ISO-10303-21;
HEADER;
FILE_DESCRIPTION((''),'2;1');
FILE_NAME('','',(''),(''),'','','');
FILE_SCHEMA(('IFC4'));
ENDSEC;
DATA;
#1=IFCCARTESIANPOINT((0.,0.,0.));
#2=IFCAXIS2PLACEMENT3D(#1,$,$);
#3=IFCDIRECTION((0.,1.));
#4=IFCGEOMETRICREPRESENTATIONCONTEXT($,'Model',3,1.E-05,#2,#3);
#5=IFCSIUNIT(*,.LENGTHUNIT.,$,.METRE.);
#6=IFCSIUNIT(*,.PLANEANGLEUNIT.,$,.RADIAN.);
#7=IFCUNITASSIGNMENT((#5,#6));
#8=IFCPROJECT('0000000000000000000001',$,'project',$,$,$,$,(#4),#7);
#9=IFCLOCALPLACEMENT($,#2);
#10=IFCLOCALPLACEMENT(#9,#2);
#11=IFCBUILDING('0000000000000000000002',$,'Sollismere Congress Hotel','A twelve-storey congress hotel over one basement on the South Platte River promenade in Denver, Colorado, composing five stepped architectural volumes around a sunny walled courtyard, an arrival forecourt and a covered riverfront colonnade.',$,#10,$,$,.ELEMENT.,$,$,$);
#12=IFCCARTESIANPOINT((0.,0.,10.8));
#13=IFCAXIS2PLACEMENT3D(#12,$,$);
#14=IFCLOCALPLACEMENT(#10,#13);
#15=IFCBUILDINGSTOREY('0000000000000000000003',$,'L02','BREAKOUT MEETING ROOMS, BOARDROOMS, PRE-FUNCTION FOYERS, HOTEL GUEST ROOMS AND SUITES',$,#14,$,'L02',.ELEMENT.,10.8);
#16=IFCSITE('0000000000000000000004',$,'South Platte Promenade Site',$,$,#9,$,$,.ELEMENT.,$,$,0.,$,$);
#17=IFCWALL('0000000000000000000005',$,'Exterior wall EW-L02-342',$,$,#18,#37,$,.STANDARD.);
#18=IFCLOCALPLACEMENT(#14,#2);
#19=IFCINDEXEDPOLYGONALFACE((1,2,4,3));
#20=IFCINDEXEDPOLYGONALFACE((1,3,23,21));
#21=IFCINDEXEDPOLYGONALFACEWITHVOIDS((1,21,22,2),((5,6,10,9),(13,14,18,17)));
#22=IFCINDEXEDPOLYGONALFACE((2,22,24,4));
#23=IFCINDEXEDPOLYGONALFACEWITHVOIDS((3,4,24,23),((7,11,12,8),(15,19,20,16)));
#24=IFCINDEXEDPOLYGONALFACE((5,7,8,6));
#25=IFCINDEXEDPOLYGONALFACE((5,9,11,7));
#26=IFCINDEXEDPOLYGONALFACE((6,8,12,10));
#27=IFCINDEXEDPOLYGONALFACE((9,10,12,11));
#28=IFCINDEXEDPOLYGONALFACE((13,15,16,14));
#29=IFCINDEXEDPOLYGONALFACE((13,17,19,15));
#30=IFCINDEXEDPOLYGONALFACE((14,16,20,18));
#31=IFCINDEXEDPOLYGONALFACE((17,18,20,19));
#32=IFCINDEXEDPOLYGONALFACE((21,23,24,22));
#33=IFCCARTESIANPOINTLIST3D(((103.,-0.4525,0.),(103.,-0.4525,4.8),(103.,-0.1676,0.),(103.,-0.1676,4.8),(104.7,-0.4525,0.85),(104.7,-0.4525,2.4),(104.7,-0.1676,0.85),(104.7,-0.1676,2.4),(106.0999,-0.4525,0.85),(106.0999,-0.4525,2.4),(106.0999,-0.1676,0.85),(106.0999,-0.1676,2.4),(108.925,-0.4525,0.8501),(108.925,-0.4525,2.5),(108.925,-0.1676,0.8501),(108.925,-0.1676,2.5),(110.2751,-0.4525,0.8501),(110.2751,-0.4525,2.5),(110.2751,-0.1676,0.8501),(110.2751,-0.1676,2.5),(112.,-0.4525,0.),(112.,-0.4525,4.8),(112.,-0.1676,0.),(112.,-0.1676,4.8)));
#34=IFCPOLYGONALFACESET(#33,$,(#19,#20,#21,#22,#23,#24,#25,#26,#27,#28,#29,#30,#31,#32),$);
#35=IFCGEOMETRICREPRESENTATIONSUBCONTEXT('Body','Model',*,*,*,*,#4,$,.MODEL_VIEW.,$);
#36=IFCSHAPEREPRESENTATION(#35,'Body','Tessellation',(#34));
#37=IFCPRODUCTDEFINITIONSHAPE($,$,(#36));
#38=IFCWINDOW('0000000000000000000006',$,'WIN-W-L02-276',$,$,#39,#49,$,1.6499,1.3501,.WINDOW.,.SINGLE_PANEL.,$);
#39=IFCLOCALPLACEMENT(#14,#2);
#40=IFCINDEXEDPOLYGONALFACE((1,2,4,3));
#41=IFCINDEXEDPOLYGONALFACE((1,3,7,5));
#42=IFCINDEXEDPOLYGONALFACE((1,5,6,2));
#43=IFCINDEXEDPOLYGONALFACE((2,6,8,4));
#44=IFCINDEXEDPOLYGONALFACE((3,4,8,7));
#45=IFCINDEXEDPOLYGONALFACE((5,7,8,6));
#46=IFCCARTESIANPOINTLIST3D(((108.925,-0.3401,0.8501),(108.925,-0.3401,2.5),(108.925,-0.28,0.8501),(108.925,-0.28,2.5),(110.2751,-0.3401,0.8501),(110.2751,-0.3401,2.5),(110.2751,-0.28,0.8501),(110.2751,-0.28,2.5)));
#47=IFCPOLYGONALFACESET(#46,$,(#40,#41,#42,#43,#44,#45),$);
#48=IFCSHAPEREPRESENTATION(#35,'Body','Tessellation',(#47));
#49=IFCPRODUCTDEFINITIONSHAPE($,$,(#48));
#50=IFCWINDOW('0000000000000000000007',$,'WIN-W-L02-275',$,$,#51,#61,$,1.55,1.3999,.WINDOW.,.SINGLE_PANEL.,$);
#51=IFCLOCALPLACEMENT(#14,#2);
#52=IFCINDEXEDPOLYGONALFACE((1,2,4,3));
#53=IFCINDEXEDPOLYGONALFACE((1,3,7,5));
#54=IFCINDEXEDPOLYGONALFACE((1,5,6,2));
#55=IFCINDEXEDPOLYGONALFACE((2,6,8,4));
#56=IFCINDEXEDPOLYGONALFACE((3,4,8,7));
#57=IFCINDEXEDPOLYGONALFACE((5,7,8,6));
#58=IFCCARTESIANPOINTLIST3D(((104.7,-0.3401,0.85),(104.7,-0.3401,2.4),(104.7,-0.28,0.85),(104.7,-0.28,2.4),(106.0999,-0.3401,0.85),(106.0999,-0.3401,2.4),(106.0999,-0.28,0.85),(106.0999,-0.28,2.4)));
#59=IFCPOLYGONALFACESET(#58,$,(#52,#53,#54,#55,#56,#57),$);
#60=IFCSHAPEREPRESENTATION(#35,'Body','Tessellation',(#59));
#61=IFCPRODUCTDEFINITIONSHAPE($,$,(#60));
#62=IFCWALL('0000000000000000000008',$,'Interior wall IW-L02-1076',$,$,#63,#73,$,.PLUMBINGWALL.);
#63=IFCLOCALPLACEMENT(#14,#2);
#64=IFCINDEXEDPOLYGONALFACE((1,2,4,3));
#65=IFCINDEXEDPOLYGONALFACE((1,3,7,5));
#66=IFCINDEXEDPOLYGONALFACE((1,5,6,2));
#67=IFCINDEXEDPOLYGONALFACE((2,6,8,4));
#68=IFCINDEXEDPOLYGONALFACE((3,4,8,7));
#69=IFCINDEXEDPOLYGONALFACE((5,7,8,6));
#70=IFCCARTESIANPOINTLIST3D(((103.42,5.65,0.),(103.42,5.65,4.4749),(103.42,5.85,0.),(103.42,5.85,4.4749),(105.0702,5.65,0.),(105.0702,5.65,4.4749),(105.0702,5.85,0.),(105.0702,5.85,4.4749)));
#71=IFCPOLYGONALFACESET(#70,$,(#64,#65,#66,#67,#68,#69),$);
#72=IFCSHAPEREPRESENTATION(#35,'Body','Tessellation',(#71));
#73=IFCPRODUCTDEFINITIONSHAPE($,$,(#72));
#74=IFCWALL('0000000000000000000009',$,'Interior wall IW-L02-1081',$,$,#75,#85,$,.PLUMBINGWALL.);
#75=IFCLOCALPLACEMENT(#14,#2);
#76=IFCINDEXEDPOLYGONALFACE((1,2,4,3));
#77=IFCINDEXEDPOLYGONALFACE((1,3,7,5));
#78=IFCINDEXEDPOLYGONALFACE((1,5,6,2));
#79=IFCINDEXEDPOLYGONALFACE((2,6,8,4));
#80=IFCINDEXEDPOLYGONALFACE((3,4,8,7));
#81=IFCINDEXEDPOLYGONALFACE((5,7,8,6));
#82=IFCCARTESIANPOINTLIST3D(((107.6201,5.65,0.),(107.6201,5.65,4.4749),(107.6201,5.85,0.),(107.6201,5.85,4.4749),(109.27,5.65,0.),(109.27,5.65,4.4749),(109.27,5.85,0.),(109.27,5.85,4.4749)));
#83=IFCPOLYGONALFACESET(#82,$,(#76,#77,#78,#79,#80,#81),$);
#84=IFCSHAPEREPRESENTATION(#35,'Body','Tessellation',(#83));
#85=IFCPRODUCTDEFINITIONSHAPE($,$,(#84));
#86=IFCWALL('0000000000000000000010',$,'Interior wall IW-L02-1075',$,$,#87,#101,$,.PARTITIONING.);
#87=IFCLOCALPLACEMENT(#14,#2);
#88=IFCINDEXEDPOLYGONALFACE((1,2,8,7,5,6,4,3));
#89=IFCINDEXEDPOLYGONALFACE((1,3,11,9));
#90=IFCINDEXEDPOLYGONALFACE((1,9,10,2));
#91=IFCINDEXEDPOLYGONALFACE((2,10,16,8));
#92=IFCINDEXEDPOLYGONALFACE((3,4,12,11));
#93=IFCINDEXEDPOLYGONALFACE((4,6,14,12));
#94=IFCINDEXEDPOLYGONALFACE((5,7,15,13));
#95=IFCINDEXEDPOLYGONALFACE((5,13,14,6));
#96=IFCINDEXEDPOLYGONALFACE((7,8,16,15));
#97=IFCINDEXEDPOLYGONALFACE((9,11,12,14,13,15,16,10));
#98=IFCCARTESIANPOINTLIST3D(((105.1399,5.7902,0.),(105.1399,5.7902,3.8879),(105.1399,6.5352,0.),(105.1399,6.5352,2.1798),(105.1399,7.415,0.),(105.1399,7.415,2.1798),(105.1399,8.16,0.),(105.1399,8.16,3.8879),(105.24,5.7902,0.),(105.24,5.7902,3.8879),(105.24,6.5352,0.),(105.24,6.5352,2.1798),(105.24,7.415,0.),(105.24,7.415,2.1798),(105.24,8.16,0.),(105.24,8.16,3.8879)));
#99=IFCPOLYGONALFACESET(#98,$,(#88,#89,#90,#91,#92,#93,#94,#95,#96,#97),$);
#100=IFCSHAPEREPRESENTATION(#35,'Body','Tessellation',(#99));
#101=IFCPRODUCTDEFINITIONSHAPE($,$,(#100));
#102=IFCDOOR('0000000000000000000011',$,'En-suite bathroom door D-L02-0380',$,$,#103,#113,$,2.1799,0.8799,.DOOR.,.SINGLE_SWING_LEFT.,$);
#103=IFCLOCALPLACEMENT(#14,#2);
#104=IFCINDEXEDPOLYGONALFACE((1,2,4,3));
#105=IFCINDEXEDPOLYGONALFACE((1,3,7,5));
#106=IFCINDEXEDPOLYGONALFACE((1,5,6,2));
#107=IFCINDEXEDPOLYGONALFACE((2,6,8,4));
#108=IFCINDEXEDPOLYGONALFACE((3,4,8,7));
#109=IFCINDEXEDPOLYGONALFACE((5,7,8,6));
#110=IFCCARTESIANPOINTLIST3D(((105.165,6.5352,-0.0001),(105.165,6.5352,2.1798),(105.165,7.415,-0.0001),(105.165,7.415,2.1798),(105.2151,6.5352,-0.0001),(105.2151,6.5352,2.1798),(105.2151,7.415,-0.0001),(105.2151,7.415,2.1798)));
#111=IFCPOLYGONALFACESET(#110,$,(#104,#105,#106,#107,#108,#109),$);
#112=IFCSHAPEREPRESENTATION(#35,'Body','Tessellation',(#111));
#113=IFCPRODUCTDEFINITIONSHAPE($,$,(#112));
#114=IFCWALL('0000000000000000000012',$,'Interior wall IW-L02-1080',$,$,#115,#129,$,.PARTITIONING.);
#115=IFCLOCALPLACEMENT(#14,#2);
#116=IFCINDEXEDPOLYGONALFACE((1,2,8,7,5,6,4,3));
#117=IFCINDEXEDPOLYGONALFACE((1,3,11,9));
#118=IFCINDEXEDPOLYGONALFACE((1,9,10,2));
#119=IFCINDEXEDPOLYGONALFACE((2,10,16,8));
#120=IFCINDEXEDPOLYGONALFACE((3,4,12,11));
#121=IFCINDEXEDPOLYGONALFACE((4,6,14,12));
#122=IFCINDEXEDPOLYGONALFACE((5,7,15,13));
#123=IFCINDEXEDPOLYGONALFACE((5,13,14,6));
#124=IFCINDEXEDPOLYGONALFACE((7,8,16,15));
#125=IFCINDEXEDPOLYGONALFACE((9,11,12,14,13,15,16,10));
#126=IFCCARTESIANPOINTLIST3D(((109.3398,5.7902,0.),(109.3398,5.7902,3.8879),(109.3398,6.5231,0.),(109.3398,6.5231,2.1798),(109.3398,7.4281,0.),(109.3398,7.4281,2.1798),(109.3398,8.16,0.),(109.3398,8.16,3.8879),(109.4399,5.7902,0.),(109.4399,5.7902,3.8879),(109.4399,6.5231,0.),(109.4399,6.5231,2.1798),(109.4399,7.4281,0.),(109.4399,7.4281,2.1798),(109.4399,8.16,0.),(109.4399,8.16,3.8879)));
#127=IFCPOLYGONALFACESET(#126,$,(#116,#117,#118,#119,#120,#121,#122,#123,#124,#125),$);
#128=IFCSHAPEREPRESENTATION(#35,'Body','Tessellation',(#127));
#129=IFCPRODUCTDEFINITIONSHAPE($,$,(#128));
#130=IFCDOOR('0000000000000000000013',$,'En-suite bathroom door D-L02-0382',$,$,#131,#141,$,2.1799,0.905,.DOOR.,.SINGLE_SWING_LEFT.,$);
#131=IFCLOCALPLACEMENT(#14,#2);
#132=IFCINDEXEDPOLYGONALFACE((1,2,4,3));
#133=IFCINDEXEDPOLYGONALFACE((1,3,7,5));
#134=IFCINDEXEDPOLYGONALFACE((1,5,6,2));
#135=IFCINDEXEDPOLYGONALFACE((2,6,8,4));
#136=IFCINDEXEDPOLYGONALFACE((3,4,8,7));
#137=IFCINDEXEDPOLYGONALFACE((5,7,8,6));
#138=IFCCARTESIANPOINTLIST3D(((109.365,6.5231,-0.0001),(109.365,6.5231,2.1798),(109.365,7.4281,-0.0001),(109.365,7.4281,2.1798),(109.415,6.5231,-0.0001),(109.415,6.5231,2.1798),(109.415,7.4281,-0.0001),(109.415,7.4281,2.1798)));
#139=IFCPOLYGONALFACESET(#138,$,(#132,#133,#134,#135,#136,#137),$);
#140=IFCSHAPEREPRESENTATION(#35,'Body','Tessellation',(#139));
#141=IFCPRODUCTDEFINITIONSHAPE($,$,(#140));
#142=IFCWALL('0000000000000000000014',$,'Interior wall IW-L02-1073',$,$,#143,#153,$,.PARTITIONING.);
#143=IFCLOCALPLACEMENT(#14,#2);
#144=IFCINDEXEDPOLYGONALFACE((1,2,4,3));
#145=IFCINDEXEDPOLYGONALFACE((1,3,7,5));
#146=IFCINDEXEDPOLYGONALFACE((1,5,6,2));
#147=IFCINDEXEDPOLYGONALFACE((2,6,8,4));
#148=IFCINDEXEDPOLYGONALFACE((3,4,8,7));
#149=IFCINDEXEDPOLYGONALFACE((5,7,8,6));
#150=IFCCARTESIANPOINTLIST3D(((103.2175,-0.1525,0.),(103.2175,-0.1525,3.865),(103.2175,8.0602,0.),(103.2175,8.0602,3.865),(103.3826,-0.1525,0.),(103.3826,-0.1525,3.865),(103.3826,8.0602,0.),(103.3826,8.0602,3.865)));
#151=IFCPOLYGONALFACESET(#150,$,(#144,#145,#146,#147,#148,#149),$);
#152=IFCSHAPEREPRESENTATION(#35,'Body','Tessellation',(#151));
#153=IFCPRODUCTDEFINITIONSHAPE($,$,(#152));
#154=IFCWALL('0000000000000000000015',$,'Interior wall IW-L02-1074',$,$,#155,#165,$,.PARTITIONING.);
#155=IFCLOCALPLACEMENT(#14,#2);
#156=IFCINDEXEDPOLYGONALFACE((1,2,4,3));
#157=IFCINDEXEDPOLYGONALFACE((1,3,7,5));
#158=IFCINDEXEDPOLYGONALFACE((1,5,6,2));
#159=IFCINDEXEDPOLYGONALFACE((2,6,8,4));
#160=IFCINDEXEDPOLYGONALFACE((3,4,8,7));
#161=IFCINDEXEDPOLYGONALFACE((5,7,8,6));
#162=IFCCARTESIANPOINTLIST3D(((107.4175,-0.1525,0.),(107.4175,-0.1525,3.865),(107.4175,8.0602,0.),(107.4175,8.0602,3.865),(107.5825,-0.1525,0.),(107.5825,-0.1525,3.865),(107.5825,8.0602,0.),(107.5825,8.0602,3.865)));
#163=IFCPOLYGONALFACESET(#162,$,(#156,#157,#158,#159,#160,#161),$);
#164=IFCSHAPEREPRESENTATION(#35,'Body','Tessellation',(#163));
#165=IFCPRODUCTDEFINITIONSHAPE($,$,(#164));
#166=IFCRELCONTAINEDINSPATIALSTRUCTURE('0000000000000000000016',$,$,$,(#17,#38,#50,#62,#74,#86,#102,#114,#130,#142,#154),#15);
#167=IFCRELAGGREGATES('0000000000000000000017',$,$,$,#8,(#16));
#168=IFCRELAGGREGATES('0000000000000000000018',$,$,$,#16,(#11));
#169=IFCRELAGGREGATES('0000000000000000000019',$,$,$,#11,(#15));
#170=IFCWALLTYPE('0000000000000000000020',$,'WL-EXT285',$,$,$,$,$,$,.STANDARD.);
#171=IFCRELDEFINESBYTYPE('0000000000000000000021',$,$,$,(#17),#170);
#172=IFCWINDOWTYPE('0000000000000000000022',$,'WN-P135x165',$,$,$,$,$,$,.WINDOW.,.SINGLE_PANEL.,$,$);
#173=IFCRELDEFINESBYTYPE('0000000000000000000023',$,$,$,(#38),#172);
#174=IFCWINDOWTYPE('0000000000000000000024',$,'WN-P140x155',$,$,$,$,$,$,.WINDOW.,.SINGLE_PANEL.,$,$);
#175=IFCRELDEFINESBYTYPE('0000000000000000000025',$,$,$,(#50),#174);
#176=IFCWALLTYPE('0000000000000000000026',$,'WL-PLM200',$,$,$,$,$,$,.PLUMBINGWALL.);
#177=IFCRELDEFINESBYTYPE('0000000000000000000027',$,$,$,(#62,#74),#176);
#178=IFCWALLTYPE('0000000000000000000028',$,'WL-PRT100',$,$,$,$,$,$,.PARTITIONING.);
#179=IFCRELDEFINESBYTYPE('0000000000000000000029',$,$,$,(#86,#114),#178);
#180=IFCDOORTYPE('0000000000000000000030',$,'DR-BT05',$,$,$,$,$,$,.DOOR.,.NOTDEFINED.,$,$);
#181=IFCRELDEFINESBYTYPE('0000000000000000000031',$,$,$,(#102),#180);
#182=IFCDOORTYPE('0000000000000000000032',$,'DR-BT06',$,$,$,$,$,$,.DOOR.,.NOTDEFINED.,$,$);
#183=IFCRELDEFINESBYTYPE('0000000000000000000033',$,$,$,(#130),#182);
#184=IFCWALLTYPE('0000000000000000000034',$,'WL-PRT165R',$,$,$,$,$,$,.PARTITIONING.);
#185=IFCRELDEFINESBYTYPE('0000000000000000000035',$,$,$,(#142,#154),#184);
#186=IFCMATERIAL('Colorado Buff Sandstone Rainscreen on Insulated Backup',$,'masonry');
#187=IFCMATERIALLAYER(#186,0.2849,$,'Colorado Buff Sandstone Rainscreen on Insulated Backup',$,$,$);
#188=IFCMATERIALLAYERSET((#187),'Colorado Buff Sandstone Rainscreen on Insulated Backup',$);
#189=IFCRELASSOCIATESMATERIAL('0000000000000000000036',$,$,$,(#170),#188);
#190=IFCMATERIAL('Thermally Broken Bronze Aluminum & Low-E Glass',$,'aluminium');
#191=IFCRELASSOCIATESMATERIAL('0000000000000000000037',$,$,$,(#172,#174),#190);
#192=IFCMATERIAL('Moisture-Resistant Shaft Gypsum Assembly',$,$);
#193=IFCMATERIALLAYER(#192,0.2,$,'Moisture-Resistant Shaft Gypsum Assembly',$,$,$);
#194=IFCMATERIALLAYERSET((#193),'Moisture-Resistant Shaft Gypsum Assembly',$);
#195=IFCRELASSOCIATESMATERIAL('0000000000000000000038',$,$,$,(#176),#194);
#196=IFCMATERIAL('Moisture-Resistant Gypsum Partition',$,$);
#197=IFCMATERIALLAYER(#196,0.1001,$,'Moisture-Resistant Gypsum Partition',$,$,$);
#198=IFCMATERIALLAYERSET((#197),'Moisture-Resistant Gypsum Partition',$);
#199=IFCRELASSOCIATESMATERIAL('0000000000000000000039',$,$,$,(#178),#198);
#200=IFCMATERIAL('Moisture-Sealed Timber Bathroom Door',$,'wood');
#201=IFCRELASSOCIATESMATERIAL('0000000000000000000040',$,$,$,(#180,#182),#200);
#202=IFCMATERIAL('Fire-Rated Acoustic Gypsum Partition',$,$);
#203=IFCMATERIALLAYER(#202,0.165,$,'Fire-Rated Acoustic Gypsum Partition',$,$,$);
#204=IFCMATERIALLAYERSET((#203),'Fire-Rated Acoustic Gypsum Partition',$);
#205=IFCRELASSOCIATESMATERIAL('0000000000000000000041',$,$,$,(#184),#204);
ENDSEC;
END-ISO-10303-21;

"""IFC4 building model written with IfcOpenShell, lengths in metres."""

from ifc_helpers import new_model, si_unit, direction, frame, frame_2d, origin, place, context, subcontext, project, spatial, rectangle, extrude, material, layer, layer_set, type_object, element, fill, save


model = new_model("IFC4")

# Units and contexts
model_context = context("Model", 3, precision=1e-05, world=origin(), true_north=direction((0.0, 1.0)))
body_context = subcontext(model_context, "Body", "Model", "MODEL_VIEW")
ifc_project = project(units=[si_unit("LENGTHUNIT", "METRE"), si_unit("PLANEANGLEUNIT", "RADIAN")], contexts=[model_context])

# Site, building, storey
site_placement = place(None, origin())
site = spatial("IfcSite", under=ifc_project, at=site_placement, Name="South Platte Promenade Site", CompositionType="ELEMENT", RefElevation=0.0)
building_placement = place(site_placement, origin())
building = spatial("IfcBuilding", under=site, at=building_placement, Name="Sollismere Congress Hotel", Description="A twelve-storey congress hotel over one basement on the South Platte River promenade in Denver, Colorado, composing five stepped architectural volumes around a sunny walled courtyard, an arrival forecourt and a covered riverfront colonnade.", CompositionType="ELEMENT")
storey_placement = place(building_placement, frame((0.0, 0.0, 10.8)))
storey = spatial("IfcBuildingStorey", under=building, at=storey_placement, Name="L02", Description="BREAKOUT MEETING ROOMS, BOARDROOMS, PRE-FUNCTION FOYERS, HOTEL GUEST ROOMS AND SUITES", LongName="L02", CompositionType="ELEMENT", Elevation=10.8)

# Wall, openings, windows
ifc_material_1 = material(Name="Colorado Buff Sandstone Rainscreen on Insulated Backup", Category="masonry")
ifc_layer_1 = layer(ifc_material_1, 0.2849, Name="Colorado Buff Sandstone Rainscreen on Insulated Backup")
ifc_layer_set_1 = layer_set([ifc_layer_1], Name="Colorado Buff Sandstone Rainscreen on Insulated Backup")
wall_type_1 = type_object("IfcWallType", Name="WL-EXT285", PredefinedType="STANDARD", material=ifc_layer_set_1)
wall_1_placement = place(storey_placement, frame((103.0, -0.3101, 0.0), z_axis=(0.0, 0.0, 1.0), x_axis=(1.0, 0.0, 0.0)))
wall_1 = element("IfcWall", 1, at=wall_1_placement, inside=storey, type_object=wall_type_1, Name="Exterior wall EW-L02-342", PredefinedType="STANDARD", context=body_context, shape_type="SweptSolid", body=[
    extrude(rectangle(XDim=9.0, YDim=0.2849, at=frame_2d((4.5, 0.0))), origin(), (0.0, 0.0, 1.0), 4.8),
])
opening_1_placement = place(wall_1_placement, frame((1.7, 0.0, 0.8501)))
opening_1 = element("IfcOpeningElement", 2, at=opening_1_placement, cuts=wall_1, PredefinedType="OPENING", context=body_context, shape_type="SweptSolid", body=[
    extrude(rectangle(XDim=1.3999, YDim=1.55, at=frame_2d((0.7, 0.7749))), frame((0.0, 0.1523, 0.0), z_axis=(0.0, -1.0, 0.0), x_axis=(1.0, 0.0, 0.0)), (0.0, 0.0, 1.0), 0.3049),
])
opening_2_placement = place(wall_1_placement, frame((5.925, 0.0, 0.8501)))
opening_2 = element("IfcOpeningElement", 3, at=opening_2_placement, cuts=wall_1, PredefinedType="OPENING", context=body_context, shape_type="SweptSolid", body=[
    extrude(rectangle(XDim=1.3501, YDim=1.6499, at=frame_2d((0.675, 0.825))), frame((0.0, 0.1523, 0.0), z_axis=(0.0, -1.0, 0.0), x_axis=(1.0, 0.0, 0.0)), (0.0, 0.0, 1.0), 0.3049),
])
ifc_material_2 = material(Name="Thermally Broken Bronze Aluminum & Low-E Glass", Category="aluminium")
window_type_1 = type_object("IfcWindowType", Name="WN-P135x165", PartitioningType="SINGLE_PANEL", PredefinedType="WINDOW", material=ifc_material_2)
window_1_placement = place(opening_2_placement, origin())
window_1 = element("IfcWindow", 4, at=window_1_placement, inside=storey, type_object=window_type_1, Name="WIN-W-L02-276", OverallHeight=1.6499, OverallWidth=1.3501, PartitioningType="SINGLE_PANEL", PredefinedType="WINDOW", context=body_context, shape_type="SweptSolid", body=[
    extrude(rectangle(XDim=1.3501, YDim=1.6499, at=frame_2d((0.675, 0.825))), frame((0.0, 0.03, 0.0), z_axis=(0.0, -1.0, 0.0), x_axis=(1.0, 0.0, 0.0)), (0.0, 0.0, 1.0), 0.0601),
])
fill(opening_2, window_1)
window_type_2 = type_object("IfcWindowType", Name="WN-P140x155", PartitioningType="SINGLE_PANEL", PredefinedType="WINDOW", material=ifc_material_2)
window_2_placement = place(opening_1_placement, origin())
window_2 = element("IfcWindow", 5, at=window_2_placement, inside=storey, type_object=window_type_2, Name="WIN-W-L02-275", OverallHeight=1.55, OverallWidth=1.3999, PartitioningType="SINGLE_PANEL", PredefinedType="WINDOW", context=body_context, shape_type="SweptSolid", body=[
    extrude(rectangle(XDim=1.3999, YDim=1.55, at=frame_2d((0.7, 0.7749))), frame((0.0, 0.03, 0.0), z_axis=(0.0, -1.0, 0.0), x_axis=(1.0, 0.0, 0.0)), (0.0, 0.0, 1.0), 0.0601),
])
fill(opening_1, window_2)

# Walls
ifc_material_3 = material(Name="Moisture-Resistant Shaft Gypsum Assembly")
ifc_layer_2 = layer(ifc_material_3, 0.2, Name="Moisture-Resistant Shaft Gypsum Assembly")
ifc_layer_set_2 = layer_set([ifc_layer_2], Name="Moisture-Resistant Shaft Gypsum Assembly")
wall_type_2 = type_object("IfcWallType", Name="WL-PLM200", PredefinedType="PLUMBINGWALL", material=ifc_layer_set_2)
wall_2_placement = place(storey_placement, frame((103.4199, 5.75, 0.0), z_axis=(0.0, 0.0, 1.0), x_axis=(1.0, 0.0, 0.0)))
element("IfcWall", 6, at=wall_2_placement, inside=storey, type_object=wall_type_2, Name="Interior wall IW-L02-1076", PredefinedType="PLUMBINGWALL", context=body_context, shape_type="SweptSolid", body=[
    extrude(rectangle(XDim=1.6501, YDim=0.2, at=frame_2d((0.8252, 0.0))), origin(), (0.0, 0.0, 1.0), 4.4749),
])
wall_3_placement = place(storey_placement, frame((107.6201, 5.75, 0.0), z_axis=(0.0, 0.0, 1.0), x_axis=(1.0, 0.0, 0.0)))
element("IfcWall", 7, at=wall_3_placement, inside=storey, type_object=wall_type_2, Name="Interior wall IW-L02-1081", PredefinedType="PLUMBINGWALL", context=body_context, shape_type="SweptSolid", body=[
    extrude(rectangle(XDim=1.6499, YDim=0.2, at=frame_2d((0.825, 0.0))), origin(), (0.0, 0.0, 1.0), 4.4749),
])

# Walls, openings, doors
ifc_material_4 = material(Name="Moisture-Resistant Gypsum Partition")
ifc_layer_3 = layer(ifc_material_4, 0.1001, Name="Moisture-Resistant Gypsum Partition")
ifc_layer_set_3 = layer_set([ifc_layer_3], Name="Moisture-Resistant Gypsum Partition")
wall_type_3 = type_object("IfcWallType", Name="WL-PRT100", PredefinedType="PARTITIONING", material=ifc_layer_set_3)
wall_4_placement = place(storey_placement, frame((105.1899, 5.79, 0.0), z_axis=(0.0, 0.0, 1.0), x_axis=(0.0, 1.0, 0.0)))
wall_4 = element("IfcWall", 8, at=wall_4_placement, inside=storey, type_object=wall_type_3, Name="Interior wall IW-L02-1075", PredefinedType="PARTITIONING", context=body_context, shape_type="SweptSolid", body=[
    extrude(rectangle(XDim=2.3699, YDim=0.1001, at=frame_2d((1.1851, 0.0))), origin(), (0.0, 0.0, 1.0), 3.8879),
])
opening_3_placement = place(wall_4_placement, frame((0.7451, 0.0, 0.0)))
opening_3 = element("IfcOpeningElement", 9, at=opening_3_placement, cuts=wall_4, PredefinedType="OPENING", context=body_context, shape_type="SweptSolid", body=[
    extrude(rectangle(XDim=0.8799, YDim=2.1799, at=frame_2d((0.4399, 1.0898))), frame((0.0, 0.0601, 0.0), z_axis=(0.0, -1.0, 0.0), x_axis=(1.0, 0.0, 0.0)), (0.0, 0.0, 1.0), 0.1201),
])
ifc_material_5 = material(Name="Moisture-Sealed Timber Bathroom Door", Category="wood")
door_type_1 = type_object("IfcDoorType", Name="DR-BT05", OperationType="NOTDEFINED", PredefinedType="DOOR", material=ifc_material_5)
door_1_placement = place(opening_3_placement, origin())
door_1 = element("IfcDoor", 10, at=door_1_placement, inside=storey, type_object=door_type_1, Name="En-suite bathroom door D-L02-0380", OperationType="SINGLE_SWING_LEFT", OverallHeight=2.1799, OverallWidth=0.8799, PredefinedType="DOOR", context=body_context, shape_type="SweptSolid", body=[
    extrude(rectangle(XDim=0.8799, YDim=2.1799, at=frame_2d((0.4399, 1.0898))), frame((0.0, 0.0249, 0.0), z_axis=(0.0, -1.0, 0.0), x_axis=(1.0, 0.0, 0.0)), (0.0, 0.0, 1.0), 0.05),
])
fill(opening_3, door_1)
wall_5_placement = place(storey_placement, frame((109.3899, 5.79, 0.0), z_axis=(0.0, 0.0, 1.0), x_axis=(0.0, 1.0, 0.0)))
wall_5 = element("IfcWall", 11, at=wall_5_placement, inside=storey, type_object=wall_type_3, Name="Interior wall IW-L02-1080", PredefinedType="PARTITIONING", context=body_context, shape_type="SweptSolid", body=[
    extrude(rectangle(XDim=2.3699, YDim=0.1001, at=frame_2d((1.1851, 0.0))), origin(), (0.0, 0.0, 1.0), 3.8879),
])
opening_4_placement = place(wall_5_placement, frame((0.7329, 0.0, 0.0)))
opening_4 = element("IfcOpeningElement", 12, at=opening_4_placement, cuts=wall_5, PredefinedType="OPENING", context=body_context, shape_type="SweptSolid", body=[
    extrude(rectangle(XDim=0.905, YDim=2.1799, at=frame_2d((0.4526, 1.0898))), frame((0.0, 0.0601, 0.0), z_axis=(0.0, -1.0, 0.0), x_axis=(1.0, 0.0, 0.0)), (0.0, 0.0, 1.0), 0.1201),
])
door_type_2 = type_object("IfcDoorType", Name="DR-BT06", OperationType="NOTDEFINED", PredefinedType="DOOR", material=ifc_material_5)
door_2_placement = place(opening_4_placement, origin())
door_2 = element("IfcDoor", 13, at=door_2_placement, inside=storey, type_object=door_type_2, Name="En-suite bathroom door D-L02-0382", OperationType="SINGLE_SWING_LEFT", OverallHeight=2.1799, OverallWidth=0.905, PredefinedType="DOOR", context=body_context, shape_type="SweptSolid", body=[
    extrude(rectangle(XDim=0.905, YDim=2.1799, at=frame_2d((0.4526, 1.0898))), frame((0.0, 0.0249, 0.0), z_axis=(0.0, -1.0, 0.0), x_axis=(1.0, 0.0, 0.0)), (0.0, 0.0, 1.0), 0.05),
])
fill(opening_4, door_2)

# Walls
ifc_material_6 = material(Name="Fire-Rated Acoustic Gypsum Partition")
ifc_layer_4 = layer(ifc_material_6, 0.165, Name="Fire-Rated Acoustic Gypsum Partition")
ifc_layer_set_4 = layer_set([ifc_layer_4], Name="Fire-Rated Acoustic Gypsum Partition")
wall_type_4 = type_object("IfcWallType", Name="WL-PRT165R", PredefinedType="PARTITIONING", material=ifc_layer_set_4)
for number, where, z_axis, x_axis, name in (
    (14, (103.3, -0.1526, 0.0), (0.0, 0.0, 1.0), (0.0, 1.0, 0.0), "Interior wall IW-L02-1073"),
    (15, (107.5, -0.1526, 0.0), (0.0, 0.0, 1.0), (0.0, 1.0, 0.0), "Interior wall IW-L02-1074"),
):
    element("IfcWall", number, at=place(storey_placement, frame(where, z_axis=z_axis, x_axis=x_axis)), inside=storey, type_object=wall_type_4, Name=name, PredefinedType="PARTITIONING", context=body_context, shape_type="SweptSolid", body=[
        extrude(rectangle(XDim=8.2126, YDim=0.165, at=frame_2d((4.1064, 0.0))), origin(), (0.0, 0.0, 1.0), 3.865),
    ])

save(model, "model.ifc")
